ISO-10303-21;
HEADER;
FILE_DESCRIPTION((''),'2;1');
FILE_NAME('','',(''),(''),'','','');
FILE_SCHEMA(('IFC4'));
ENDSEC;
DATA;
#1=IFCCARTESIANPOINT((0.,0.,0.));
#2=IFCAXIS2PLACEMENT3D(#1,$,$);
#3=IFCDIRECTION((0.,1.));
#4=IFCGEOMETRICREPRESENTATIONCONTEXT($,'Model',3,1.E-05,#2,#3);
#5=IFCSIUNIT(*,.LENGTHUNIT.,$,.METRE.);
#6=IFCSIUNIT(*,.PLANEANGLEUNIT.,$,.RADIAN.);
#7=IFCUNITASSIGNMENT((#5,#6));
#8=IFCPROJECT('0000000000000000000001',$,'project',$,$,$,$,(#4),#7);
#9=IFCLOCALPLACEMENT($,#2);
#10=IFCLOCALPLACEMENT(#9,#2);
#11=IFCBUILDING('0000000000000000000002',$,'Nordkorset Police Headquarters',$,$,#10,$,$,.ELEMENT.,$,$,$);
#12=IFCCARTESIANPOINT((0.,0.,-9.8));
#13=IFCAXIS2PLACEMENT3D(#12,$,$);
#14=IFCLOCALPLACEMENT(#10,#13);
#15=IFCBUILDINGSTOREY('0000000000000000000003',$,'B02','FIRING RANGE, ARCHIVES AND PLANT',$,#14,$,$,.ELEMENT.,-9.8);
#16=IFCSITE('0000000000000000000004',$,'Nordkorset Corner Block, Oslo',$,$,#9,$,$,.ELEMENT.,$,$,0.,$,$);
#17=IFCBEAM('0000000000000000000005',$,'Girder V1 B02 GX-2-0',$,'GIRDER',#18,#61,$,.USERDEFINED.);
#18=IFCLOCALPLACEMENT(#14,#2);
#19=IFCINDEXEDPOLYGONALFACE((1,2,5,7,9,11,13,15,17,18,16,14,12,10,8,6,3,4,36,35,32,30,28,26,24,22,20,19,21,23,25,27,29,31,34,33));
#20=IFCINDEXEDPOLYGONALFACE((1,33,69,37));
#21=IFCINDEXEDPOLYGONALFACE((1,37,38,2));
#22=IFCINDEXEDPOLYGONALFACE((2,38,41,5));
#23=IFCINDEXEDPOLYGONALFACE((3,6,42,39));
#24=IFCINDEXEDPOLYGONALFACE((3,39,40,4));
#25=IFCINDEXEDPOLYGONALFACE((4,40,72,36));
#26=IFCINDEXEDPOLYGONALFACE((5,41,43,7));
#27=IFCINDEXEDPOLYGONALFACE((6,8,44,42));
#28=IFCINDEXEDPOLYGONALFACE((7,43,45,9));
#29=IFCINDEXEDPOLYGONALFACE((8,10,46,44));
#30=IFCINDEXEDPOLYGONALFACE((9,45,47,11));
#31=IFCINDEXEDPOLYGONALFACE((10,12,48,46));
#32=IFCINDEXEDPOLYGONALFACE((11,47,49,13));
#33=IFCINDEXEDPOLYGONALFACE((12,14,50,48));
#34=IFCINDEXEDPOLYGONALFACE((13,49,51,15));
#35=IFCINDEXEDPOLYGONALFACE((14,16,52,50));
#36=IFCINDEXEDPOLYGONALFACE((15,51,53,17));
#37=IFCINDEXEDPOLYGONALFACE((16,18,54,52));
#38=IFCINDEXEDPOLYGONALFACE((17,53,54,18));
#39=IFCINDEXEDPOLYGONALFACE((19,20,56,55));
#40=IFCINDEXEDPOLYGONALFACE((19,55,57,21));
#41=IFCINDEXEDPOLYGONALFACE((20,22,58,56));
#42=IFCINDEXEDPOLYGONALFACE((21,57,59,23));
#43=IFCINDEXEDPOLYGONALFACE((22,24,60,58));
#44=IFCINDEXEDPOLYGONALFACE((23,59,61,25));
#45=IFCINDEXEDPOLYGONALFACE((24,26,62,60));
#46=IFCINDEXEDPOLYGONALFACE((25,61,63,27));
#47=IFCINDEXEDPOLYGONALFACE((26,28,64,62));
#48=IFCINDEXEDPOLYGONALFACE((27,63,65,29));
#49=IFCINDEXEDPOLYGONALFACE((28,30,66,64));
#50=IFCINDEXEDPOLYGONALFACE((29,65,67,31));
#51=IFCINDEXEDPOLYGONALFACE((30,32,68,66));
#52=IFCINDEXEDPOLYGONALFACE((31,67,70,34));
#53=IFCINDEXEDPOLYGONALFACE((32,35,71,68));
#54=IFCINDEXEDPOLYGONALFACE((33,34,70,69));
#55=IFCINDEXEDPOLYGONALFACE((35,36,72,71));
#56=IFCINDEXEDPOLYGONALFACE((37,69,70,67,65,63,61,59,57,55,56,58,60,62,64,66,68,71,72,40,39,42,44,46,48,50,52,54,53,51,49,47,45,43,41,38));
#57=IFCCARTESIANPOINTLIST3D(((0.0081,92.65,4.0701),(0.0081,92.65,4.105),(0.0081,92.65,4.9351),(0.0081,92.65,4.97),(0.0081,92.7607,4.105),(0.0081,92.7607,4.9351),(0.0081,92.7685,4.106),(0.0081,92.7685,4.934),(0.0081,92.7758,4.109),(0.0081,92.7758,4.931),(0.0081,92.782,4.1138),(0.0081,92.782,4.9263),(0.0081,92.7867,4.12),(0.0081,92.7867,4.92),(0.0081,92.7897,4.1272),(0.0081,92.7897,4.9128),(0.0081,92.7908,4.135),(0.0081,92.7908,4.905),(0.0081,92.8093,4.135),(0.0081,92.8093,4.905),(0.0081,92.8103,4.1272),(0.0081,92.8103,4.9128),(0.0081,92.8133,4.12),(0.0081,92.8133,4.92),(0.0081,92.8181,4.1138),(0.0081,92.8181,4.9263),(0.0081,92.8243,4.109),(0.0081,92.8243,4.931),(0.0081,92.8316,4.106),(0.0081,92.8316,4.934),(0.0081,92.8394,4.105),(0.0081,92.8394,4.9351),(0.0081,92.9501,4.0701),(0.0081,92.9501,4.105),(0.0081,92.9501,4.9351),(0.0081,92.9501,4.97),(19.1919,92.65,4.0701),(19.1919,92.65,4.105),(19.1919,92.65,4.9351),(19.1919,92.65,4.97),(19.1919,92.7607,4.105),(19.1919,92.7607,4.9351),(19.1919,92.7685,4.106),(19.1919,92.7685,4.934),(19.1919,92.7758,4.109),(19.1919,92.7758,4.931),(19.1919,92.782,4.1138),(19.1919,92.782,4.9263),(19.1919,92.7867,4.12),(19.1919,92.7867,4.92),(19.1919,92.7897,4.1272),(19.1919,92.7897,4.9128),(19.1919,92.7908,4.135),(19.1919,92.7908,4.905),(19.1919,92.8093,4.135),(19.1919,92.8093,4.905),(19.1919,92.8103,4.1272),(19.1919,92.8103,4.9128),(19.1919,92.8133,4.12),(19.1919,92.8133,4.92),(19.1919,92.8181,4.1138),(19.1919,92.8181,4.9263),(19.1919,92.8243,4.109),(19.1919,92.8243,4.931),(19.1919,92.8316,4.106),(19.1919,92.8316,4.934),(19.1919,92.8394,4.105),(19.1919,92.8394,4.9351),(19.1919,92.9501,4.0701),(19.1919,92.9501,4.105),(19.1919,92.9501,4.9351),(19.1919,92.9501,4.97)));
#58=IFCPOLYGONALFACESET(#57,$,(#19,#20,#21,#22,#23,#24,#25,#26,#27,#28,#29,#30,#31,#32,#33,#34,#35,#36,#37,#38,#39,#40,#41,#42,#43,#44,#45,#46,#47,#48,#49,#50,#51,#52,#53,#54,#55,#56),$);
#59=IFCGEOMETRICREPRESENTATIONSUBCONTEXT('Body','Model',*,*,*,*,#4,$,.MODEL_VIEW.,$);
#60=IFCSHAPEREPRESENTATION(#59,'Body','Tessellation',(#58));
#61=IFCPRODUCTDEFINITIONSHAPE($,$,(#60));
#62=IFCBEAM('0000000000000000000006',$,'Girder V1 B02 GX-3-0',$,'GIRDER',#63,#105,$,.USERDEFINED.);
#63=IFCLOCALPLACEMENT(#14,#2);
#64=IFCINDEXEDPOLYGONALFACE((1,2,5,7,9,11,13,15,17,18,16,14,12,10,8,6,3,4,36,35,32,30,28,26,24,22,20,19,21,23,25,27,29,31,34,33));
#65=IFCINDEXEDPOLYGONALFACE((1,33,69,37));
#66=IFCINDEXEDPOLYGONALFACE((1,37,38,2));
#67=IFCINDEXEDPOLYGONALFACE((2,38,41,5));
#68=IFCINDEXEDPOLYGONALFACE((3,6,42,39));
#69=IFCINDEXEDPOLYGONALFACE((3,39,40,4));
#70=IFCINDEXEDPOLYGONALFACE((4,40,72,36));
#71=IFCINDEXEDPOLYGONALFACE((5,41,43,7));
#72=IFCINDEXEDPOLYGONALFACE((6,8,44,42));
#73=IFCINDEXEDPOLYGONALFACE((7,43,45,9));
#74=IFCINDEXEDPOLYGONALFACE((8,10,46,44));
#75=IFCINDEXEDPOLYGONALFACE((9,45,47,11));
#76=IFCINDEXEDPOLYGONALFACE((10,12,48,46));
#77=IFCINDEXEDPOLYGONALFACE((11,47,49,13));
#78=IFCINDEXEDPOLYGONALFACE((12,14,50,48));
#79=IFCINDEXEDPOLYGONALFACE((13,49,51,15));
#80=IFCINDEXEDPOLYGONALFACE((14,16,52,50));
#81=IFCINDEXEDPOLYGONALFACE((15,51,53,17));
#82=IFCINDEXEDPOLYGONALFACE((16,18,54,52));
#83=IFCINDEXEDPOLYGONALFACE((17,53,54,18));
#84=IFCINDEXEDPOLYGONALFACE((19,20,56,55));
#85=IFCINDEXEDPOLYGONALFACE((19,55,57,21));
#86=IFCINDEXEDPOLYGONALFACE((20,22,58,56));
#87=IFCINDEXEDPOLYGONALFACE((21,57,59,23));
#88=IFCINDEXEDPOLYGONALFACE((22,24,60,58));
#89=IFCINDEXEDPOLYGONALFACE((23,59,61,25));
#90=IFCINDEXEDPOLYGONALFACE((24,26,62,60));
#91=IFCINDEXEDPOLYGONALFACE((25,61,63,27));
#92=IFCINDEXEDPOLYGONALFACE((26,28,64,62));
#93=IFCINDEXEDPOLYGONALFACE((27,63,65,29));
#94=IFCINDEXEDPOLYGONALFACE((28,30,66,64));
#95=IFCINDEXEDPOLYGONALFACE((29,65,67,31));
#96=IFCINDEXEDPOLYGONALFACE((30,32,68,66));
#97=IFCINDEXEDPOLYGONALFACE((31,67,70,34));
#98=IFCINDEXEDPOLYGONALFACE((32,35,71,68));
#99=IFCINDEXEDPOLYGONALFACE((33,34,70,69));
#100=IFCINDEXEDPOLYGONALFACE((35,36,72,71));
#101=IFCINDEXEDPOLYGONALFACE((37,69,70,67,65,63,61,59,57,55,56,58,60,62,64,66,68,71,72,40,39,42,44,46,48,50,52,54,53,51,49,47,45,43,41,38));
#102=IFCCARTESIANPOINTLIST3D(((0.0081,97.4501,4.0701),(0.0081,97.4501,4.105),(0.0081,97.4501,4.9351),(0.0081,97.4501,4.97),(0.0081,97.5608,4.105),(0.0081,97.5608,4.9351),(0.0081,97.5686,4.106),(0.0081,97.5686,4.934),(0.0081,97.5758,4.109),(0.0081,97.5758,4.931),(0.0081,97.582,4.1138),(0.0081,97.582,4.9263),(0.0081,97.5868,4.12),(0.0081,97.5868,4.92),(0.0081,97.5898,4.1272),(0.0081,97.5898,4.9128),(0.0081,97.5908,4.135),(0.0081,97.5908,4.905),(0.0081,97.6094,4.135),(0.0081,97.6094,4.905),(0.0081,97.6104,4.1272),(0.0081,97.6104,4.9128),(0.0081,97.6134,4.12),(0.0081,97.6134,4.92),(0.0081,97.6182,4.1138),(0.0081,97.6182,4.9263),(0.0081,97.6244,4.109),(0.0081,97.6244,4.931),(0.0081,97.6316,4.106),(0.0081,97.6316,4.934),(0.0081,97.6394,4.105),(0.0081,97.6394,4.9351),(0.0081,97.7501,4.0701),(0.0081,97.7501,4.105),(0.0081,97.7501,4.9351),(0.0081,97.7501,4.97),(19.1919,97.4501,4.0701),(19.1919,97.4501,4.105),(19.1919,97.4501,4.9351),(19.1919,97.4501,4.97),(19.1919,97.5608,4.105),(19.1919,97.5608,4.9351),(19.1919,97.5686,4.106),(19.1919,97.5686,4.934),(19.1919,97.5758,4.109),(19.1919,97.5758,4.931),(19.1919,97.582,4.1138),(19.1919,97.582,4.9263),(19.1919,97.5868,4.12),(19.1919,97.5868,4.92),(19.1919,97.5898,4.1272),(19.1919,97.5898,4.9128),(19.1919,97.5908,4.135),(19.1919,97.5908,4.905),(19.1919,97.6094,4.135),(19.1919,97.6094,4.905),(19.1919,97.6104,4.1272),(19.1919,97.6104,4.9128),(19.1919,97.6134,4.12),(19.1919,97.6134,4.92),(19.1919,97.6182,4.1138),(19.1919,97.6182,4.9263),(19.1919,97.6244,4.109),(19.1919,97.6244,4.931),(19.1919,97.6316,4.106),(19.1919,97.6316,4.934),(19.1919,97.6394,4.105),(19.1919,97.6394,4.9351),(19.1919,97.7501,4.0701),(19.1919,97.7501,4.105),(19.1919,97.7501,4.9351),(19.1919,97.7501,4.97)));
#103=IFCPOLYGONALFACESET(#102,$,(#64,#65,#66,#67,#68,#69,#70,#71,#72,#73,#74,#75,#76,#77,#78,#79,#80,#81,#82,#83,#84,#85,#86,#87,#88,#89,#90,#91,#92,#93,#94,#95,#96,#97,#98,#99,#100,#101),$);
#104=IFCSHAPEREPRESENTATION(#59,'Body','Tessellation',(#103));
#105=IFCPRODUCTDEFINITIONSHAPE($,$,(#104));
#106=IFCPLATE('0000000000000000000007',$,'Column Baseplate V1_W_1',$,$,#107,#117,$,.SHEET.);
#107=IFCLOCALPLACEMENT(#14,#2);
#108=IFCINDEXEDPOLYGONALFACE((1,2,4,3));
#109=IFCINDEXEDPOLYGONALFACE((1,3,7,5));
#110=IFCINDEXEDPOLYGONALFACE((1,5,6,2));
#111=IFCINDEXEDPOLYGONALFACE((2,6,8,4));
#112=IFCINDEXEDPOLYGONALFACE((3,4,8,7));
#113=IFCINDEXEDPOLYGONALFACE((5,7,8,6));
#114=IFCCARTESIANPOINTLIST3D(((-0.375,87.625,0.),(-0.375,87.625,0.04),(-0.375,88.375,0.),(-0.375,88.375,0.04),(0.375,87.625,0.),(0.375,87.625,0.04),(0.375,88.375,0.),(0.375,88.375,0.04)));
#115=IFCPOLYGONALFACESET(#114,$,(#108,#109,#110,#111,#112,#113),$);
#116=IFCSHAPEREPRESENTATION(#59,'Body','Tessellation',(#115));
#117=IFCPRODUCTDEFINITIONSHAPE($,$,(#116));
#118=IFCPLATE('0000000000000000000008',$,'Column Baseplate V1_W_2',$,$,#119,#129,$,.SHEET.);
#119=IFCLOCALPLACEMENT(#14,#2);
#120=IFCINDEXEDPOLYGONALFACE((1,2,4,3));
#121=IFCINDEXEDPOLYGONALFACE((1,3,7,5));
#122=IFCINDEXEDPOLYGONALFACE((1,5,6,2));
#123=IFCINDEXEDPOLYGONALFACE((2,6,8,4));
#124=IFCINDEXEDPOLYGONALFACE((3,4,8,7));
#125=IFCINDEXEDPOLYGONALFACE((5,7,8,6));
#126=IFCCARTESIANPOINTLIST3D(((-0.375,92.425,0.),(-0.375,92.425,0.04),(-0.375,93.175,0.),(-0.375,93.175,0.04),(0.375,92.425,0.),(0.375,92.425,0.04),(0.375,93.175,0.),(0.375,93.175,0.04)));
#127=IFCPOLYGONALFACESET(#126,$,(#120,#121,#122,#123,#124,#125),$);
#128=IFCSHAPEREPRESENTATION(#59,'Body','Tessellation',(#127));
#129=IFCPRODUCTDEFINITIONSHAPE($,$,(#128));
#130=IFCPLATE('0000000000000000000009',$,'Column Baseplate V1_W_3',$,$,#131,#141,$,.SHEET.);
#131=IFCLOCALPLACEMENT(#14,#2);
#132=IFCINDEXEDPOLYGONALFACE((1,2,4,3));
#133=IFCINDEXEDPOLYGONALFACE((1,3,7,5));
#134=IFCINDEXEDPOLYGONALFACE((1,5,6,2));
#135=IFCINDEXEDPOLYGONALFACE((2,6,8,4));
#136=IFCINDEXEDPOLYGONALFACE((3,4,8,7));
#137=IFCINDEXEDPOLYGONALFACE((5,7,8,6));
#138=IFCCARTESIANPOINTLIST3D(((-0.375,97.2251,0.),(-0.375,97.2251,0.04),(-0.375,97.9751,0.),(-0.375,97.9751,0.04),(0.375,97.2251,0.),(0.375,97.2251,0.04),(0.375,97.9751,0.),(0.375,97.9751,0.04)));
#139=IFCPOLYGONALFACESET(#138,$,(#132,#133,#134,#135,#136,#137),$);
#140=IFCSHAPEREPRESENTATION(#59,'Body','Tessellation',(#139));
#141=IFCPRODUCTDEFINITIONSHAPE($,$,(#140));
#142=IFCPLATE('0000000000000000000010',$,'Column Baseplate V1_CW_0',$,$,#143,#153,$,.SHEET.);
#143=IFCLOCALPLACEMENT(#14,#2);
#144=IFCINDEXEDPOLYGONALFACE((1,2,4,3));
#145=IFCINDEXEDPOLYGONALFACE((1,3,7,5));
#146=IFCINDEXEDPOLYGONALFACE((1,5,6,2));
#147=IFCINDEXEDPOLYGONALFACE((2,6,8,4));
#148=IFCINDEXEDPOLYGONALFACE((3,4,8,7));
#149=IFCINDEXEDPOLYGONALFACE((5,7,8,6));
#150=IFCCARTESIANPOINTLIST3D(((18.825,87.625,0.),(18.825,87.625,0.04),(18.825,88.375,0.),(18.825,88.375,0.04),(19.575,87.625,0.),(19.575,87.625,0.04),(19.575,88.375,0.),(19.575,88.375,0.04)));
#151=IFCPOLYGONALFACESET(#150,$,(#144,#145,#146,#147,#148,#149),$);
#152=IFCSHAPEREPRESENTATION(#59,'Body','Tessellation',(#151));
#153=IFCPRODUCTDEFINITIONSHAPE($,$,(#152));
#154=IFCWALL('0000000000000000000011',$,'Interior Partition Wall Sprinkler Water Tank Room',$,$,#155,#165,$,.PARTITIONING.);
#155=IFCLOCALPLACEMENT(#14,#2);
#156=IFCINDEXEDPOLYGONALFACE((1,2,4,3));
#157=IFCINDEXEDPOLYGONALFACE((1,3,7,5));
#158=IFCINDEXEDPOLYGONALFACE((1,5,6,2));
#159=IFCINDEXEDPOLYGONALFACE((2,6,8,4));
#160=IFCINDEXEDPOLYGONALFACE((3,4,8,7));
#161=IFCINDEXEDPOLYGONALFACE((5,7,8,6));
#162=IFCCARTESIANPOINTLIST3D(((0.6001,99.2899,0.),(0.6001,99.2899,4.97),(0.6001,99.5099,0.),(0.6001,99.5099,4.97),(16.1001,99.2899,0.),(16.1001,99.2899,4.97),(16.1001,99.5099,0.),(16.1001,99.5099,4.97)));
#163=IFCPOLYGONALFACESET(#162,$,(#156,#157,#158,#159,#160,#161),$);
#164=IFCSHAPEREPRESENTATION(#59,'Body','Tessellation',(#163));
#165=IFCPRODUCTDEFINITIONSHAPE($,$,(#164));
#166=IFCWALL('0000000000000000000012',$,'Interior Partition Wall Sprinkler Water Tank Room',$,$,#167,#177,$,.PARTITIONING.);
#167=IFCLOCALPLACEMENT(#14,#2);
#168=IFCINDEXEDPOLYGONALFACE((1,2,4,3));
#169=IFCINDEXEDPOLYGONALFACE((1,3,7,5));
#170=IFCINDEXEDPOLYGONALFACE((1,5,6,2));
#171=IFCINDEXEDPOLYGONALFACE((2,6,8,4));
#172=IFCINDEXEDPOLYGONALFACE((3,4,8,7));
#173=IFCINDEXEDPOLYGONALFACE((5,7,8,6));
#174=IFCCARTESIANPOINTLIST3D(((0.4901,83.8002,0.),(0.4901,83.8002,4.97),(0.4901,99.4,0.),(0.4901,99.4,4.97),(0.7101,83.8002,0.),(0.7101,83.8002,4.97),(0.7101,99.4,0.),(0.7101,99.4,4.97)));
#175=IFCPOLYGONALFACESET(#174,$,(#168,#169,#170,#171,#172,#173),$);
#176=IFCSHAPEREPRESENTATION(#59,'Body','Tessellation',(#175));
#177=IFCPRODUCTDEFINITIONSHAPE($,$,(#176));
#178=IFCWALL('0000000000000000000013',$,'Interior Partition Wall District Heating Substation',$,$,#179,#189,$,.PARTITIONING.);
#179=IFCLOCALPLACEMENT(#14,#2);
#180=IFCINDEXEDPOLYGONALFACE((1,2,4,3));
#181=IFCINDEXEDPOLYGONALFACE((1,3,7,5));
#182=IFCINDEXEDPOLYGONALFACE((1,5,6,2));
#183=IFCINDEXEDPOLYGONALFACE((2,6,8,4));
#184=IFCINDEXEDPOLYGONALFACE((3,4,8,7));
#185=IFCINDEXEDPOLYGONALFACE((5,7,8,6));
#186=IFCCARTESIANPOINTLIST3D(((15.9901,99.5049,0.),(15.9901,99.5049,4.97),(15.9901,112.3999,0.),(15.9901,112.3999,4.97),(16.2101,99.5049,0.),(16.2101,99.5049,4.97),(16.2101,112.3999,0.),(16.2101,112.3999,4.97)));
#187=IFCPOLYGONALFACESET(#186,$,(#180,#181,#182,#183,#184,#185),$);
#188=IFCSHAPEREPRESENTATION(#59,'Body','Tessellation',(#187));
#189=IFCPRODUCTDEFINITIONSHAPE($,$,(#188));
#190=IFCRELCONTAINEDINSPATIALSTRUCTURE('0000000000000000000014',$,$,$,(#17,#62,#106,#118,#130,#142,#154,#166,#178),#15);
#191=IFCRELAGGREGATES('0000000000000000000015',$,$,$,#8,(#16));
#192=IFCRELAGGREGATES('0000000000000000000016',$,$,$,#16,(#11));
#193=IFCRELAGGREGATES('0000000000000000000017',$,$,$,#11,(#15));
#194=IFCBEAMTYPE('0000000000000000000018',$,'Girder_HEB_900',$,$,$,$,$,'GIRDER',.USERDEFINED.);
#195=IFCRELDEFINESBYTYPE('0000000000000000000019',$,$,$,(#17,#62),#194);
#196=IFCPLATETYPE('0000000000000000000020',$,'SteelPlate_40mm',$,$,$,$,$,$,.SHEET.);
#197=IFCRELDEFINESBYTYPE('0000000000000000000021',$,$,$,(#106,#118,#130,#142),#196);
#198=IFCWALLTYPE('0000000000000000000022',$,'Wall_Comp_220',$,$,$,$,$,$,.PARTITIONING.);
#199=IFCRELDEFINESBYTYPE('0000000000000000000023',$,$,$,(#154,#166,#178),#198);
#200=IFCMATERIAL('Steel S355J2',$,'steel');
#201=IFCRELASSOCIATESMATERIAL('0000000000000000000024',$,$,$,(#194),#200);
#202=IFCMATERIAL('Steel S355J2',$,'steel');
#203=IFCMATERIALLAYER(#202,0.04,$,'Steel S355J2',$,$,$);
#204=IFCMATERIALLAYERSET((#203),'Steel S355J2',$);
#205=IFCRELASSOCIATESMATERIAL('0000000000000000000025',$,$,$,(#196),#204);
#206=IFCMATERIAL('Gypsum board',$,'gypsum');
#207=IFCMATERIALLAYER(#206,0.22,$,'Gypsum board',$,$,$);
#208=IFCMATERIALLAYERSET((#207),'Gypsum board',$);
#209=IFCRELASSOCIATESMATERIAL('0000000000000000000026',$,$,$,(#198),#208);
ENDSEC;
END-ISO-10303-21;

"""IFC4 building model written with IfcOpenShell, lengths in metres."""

from ifc_helpers import new_model, si_unit, direction, frame, frame_2d, origin, origin_2d, place, context, subcontext, project, spatial, rectangle, i_section, extrude, material, layer, layer_set, material_profile, profile_set, type_object, element, save


model = new_model("IFC4")

# Units and contexts
model_context = context("Model", 3, precision=1e-05, world=origin(), true_north=direction((0.0, 1.0)))
body_context = subcontext(model_context, "Body", "Model", "MODEL_VIEW")
ifc_project = project(units=[si_unit("LENGTHUNIT", "METRE"), si_unit("PLANEANGLEUNIT", "RADIAN")], contexts=[model_context])

# Site, building, storey
site_placement = place(None, origin())
site = spatial("IfcSite", under=ifc_project, at=site_placement, Name="Nordkorset Corner Block, Oslo", CompositionType="ELEMENT", RefElevation=0.0)
building_placement = place(site_placement, origin())
building = spatial("IfcBuilding", under=site, at=building_placement, Name="Nordkorset Police Headquarters", CompositionType="ELEMENT")
storey_placement = place(building_placement, frame((0.0, 0.0, -9.8)))
storey = spatial("IfcBuildingStorey", under=building, at=storey_placement, Name="B02", Description="FIRING RANGE, ARCHIVES AND PLANT", CompositionType="ELEMENT", Elevation=-9.8)

# Beams
ifc_material_1 = material(Name="Steel S355J2", Category="steel")
ifc_material_profile_1 = material_profile(ifc_material_1, i_section(OverallWidth=0.3, OverallDepth=0.8999, WebThickness=0.0186, FlangeThickness=0.0349, FilletRadius=0.03, at=origin_2d()), Name="HEB 900")
ifc_profile_set_1 = profile_set([ifc_material_profile_1], Name="Steel S355J2")
beam_type_1 = type_object("IfcBeamType", Name="Girder_HEB_900", ElementType="GIRDER", PredefinedType="USERDEFINED", material=ifc_profile_set_1)
for number, where, z_axis, x_axis, name in (
    (1, (0.0081, 92.8, 4.52), (1.0, 0.0, 0.0), (0.0, 1.0, 0.0), "Girder V1 B02 GX-2-0"),
    (2, (0.0081, 97.6001, 4.52), (1.0, 0.0, 0.0), (0.0, 1.0, 0.0), "Girder V1 B02 GX-3-0"),
):
    element("IfcBeam", number, at=place(storey_placement, frame(where, z_axis=z_axis, x_axis=x_axis)), inside=storey, type_object=beam_type_1, Name=name, ObjectType="GIRDER", PredefinedType="USERDEFINED", context=body_context, shape_type="SweptSolid", body=[
        extrude(i_section(OverallWidth=0.3, OverallDepth=0.8999, WebThickness=0.0186, FlangeThickness=0.0349, FilletRadius=0.03, at=origin_2d()), origin(), (0.0, 0.0, 1.0), 19.1838),
    ])

# Plates
ifc_material_2 = material(Name="Steel S355J2", Category="steel")
ifc_layer_1 = layer(ifc_material_2, 0.04, Name="Steel S355J2")
ifc_layer_set_1 = layer_set([ifc_layer_1], Name="Steel S355J2")
plate_type = type_object("IfcPlateType", Name="SteelPlate_40mm", PredefinedType="SHEET", material=ifc_layer_set_1)
for number, where, z_axis, x_axis, name in (
    (3, (0.0, 88.0, 0.0), (0.0, 0.0, 1.0), (1.0, 0.0, 0.0), "Column Baseplate V1_W_1"),
    (4, (0.0, 92.8, 0.0), (0.0, 0.0, 1.0), (1.0, 0.0, 0.0), "Column Baseplate V1_W_2"),
    (5, (0.0, 97.6001, 0.0), (0.0, 0.0, 1.0), (1.0, 0.0, 0.0), "Column Baseplate V1_W_3"),
    (6, (19.2, 88.0, 0.0), (0.0, 0.0, 1.0), (1.0, 0.0, 0.0), "Column Baseplate V1_CW_0"),
):
    element("IfcPlate", number, at=place(storey_placement, frame(where, z_axis=z_axis, x_axis=x_axis)), inside=storey, type_object=plate_type, Name=name, PredefinedType="SHEET", context=body_context, shape_type="SweptSolid", body=[
        extrude(rectangle(XDim=0.75, YDim=0.75, at=origin_2d()), origin(), (0.0, 0.0, 1.0), 0.04),
    ])

# Walls
ifc_material_3 = material(Name="Gypsum board", Category="gypsum")
ifc_layer_2 = layer(ifc_material_3, 0.22, Name="Gypsum board")
ifc_layer_set_2 = layer_set([ifc_layer_2], Name="Gypsum board")
wall_type = type_object("IfcWallType", Name="Wall_Comp_220", PredefinedType="PARTITIONING", material=ifc_layer_set_2)
wall_1_placement = place(storey_placement, frame((16.1001, 99.3999, 0.0), z_axis=(0.0, 0.0, 1.0), x_axis=(-1.0, 0.0, 0.0)))
element("IfcWall", 7, at=wall_1_placement, inside=storey, type_object=wall_type, Name="Interior Partition Wall Sprinkler Water Tank Room", PredefinedType="PARTITIONING", context=body_context, shape_type="SweptSolid", body=[
    extrude(rectangle(XDim=15.5, YDim=0.22, at=frame_2d((7.75, 0.0))), origin(), (0.0, 0.0, 1.0), 4.97),
])
wall_2_placement = place(storey_placement, frame((0.6001, 99.3999, 0.0), z_axis=(0.0, 0.0, 1.0), x_axis=(0.0, -1.0, 0.0)))
element("IfcWall", 8, at=wall_2_placement, inside=storey, type_object=wall_type, Name="Interior Partition Wall Sprinkler Water Tank Room", PredefinedType="PARTITIONING", context=body_context, shape_type="SweptSolid", body=[
    extrude(rectangle(XDim=15.5999, YDim=0.22, at=frame_2d((7.7998, 0.0))), origin(), (0.0, 0.0, 1.0), 4.97),
])
wall_3_placement = place(storey_placement, frame((16.1001, 99.5049, 0.0), z_axis=(0.0, 0.0, 1.0), x_axis=(0.0, 1.0, 0.0)))
element("IfcWall", 9, at=wall_3_placement, inside=storey, type_object=wall_type, Name="Interior Partition Wall District Heating Substation", PredefinedType="PARTITIONING", context=body_context, shape_type="SweptSolid", body=[
    extrude(rectangle(XDim=12.895, YDim=0.22, at=frame_2d((6.4475, 0.0))), origin(), (0.0, 0.0, 1.0), 4.97),
])

save(model, "model.ifc")
